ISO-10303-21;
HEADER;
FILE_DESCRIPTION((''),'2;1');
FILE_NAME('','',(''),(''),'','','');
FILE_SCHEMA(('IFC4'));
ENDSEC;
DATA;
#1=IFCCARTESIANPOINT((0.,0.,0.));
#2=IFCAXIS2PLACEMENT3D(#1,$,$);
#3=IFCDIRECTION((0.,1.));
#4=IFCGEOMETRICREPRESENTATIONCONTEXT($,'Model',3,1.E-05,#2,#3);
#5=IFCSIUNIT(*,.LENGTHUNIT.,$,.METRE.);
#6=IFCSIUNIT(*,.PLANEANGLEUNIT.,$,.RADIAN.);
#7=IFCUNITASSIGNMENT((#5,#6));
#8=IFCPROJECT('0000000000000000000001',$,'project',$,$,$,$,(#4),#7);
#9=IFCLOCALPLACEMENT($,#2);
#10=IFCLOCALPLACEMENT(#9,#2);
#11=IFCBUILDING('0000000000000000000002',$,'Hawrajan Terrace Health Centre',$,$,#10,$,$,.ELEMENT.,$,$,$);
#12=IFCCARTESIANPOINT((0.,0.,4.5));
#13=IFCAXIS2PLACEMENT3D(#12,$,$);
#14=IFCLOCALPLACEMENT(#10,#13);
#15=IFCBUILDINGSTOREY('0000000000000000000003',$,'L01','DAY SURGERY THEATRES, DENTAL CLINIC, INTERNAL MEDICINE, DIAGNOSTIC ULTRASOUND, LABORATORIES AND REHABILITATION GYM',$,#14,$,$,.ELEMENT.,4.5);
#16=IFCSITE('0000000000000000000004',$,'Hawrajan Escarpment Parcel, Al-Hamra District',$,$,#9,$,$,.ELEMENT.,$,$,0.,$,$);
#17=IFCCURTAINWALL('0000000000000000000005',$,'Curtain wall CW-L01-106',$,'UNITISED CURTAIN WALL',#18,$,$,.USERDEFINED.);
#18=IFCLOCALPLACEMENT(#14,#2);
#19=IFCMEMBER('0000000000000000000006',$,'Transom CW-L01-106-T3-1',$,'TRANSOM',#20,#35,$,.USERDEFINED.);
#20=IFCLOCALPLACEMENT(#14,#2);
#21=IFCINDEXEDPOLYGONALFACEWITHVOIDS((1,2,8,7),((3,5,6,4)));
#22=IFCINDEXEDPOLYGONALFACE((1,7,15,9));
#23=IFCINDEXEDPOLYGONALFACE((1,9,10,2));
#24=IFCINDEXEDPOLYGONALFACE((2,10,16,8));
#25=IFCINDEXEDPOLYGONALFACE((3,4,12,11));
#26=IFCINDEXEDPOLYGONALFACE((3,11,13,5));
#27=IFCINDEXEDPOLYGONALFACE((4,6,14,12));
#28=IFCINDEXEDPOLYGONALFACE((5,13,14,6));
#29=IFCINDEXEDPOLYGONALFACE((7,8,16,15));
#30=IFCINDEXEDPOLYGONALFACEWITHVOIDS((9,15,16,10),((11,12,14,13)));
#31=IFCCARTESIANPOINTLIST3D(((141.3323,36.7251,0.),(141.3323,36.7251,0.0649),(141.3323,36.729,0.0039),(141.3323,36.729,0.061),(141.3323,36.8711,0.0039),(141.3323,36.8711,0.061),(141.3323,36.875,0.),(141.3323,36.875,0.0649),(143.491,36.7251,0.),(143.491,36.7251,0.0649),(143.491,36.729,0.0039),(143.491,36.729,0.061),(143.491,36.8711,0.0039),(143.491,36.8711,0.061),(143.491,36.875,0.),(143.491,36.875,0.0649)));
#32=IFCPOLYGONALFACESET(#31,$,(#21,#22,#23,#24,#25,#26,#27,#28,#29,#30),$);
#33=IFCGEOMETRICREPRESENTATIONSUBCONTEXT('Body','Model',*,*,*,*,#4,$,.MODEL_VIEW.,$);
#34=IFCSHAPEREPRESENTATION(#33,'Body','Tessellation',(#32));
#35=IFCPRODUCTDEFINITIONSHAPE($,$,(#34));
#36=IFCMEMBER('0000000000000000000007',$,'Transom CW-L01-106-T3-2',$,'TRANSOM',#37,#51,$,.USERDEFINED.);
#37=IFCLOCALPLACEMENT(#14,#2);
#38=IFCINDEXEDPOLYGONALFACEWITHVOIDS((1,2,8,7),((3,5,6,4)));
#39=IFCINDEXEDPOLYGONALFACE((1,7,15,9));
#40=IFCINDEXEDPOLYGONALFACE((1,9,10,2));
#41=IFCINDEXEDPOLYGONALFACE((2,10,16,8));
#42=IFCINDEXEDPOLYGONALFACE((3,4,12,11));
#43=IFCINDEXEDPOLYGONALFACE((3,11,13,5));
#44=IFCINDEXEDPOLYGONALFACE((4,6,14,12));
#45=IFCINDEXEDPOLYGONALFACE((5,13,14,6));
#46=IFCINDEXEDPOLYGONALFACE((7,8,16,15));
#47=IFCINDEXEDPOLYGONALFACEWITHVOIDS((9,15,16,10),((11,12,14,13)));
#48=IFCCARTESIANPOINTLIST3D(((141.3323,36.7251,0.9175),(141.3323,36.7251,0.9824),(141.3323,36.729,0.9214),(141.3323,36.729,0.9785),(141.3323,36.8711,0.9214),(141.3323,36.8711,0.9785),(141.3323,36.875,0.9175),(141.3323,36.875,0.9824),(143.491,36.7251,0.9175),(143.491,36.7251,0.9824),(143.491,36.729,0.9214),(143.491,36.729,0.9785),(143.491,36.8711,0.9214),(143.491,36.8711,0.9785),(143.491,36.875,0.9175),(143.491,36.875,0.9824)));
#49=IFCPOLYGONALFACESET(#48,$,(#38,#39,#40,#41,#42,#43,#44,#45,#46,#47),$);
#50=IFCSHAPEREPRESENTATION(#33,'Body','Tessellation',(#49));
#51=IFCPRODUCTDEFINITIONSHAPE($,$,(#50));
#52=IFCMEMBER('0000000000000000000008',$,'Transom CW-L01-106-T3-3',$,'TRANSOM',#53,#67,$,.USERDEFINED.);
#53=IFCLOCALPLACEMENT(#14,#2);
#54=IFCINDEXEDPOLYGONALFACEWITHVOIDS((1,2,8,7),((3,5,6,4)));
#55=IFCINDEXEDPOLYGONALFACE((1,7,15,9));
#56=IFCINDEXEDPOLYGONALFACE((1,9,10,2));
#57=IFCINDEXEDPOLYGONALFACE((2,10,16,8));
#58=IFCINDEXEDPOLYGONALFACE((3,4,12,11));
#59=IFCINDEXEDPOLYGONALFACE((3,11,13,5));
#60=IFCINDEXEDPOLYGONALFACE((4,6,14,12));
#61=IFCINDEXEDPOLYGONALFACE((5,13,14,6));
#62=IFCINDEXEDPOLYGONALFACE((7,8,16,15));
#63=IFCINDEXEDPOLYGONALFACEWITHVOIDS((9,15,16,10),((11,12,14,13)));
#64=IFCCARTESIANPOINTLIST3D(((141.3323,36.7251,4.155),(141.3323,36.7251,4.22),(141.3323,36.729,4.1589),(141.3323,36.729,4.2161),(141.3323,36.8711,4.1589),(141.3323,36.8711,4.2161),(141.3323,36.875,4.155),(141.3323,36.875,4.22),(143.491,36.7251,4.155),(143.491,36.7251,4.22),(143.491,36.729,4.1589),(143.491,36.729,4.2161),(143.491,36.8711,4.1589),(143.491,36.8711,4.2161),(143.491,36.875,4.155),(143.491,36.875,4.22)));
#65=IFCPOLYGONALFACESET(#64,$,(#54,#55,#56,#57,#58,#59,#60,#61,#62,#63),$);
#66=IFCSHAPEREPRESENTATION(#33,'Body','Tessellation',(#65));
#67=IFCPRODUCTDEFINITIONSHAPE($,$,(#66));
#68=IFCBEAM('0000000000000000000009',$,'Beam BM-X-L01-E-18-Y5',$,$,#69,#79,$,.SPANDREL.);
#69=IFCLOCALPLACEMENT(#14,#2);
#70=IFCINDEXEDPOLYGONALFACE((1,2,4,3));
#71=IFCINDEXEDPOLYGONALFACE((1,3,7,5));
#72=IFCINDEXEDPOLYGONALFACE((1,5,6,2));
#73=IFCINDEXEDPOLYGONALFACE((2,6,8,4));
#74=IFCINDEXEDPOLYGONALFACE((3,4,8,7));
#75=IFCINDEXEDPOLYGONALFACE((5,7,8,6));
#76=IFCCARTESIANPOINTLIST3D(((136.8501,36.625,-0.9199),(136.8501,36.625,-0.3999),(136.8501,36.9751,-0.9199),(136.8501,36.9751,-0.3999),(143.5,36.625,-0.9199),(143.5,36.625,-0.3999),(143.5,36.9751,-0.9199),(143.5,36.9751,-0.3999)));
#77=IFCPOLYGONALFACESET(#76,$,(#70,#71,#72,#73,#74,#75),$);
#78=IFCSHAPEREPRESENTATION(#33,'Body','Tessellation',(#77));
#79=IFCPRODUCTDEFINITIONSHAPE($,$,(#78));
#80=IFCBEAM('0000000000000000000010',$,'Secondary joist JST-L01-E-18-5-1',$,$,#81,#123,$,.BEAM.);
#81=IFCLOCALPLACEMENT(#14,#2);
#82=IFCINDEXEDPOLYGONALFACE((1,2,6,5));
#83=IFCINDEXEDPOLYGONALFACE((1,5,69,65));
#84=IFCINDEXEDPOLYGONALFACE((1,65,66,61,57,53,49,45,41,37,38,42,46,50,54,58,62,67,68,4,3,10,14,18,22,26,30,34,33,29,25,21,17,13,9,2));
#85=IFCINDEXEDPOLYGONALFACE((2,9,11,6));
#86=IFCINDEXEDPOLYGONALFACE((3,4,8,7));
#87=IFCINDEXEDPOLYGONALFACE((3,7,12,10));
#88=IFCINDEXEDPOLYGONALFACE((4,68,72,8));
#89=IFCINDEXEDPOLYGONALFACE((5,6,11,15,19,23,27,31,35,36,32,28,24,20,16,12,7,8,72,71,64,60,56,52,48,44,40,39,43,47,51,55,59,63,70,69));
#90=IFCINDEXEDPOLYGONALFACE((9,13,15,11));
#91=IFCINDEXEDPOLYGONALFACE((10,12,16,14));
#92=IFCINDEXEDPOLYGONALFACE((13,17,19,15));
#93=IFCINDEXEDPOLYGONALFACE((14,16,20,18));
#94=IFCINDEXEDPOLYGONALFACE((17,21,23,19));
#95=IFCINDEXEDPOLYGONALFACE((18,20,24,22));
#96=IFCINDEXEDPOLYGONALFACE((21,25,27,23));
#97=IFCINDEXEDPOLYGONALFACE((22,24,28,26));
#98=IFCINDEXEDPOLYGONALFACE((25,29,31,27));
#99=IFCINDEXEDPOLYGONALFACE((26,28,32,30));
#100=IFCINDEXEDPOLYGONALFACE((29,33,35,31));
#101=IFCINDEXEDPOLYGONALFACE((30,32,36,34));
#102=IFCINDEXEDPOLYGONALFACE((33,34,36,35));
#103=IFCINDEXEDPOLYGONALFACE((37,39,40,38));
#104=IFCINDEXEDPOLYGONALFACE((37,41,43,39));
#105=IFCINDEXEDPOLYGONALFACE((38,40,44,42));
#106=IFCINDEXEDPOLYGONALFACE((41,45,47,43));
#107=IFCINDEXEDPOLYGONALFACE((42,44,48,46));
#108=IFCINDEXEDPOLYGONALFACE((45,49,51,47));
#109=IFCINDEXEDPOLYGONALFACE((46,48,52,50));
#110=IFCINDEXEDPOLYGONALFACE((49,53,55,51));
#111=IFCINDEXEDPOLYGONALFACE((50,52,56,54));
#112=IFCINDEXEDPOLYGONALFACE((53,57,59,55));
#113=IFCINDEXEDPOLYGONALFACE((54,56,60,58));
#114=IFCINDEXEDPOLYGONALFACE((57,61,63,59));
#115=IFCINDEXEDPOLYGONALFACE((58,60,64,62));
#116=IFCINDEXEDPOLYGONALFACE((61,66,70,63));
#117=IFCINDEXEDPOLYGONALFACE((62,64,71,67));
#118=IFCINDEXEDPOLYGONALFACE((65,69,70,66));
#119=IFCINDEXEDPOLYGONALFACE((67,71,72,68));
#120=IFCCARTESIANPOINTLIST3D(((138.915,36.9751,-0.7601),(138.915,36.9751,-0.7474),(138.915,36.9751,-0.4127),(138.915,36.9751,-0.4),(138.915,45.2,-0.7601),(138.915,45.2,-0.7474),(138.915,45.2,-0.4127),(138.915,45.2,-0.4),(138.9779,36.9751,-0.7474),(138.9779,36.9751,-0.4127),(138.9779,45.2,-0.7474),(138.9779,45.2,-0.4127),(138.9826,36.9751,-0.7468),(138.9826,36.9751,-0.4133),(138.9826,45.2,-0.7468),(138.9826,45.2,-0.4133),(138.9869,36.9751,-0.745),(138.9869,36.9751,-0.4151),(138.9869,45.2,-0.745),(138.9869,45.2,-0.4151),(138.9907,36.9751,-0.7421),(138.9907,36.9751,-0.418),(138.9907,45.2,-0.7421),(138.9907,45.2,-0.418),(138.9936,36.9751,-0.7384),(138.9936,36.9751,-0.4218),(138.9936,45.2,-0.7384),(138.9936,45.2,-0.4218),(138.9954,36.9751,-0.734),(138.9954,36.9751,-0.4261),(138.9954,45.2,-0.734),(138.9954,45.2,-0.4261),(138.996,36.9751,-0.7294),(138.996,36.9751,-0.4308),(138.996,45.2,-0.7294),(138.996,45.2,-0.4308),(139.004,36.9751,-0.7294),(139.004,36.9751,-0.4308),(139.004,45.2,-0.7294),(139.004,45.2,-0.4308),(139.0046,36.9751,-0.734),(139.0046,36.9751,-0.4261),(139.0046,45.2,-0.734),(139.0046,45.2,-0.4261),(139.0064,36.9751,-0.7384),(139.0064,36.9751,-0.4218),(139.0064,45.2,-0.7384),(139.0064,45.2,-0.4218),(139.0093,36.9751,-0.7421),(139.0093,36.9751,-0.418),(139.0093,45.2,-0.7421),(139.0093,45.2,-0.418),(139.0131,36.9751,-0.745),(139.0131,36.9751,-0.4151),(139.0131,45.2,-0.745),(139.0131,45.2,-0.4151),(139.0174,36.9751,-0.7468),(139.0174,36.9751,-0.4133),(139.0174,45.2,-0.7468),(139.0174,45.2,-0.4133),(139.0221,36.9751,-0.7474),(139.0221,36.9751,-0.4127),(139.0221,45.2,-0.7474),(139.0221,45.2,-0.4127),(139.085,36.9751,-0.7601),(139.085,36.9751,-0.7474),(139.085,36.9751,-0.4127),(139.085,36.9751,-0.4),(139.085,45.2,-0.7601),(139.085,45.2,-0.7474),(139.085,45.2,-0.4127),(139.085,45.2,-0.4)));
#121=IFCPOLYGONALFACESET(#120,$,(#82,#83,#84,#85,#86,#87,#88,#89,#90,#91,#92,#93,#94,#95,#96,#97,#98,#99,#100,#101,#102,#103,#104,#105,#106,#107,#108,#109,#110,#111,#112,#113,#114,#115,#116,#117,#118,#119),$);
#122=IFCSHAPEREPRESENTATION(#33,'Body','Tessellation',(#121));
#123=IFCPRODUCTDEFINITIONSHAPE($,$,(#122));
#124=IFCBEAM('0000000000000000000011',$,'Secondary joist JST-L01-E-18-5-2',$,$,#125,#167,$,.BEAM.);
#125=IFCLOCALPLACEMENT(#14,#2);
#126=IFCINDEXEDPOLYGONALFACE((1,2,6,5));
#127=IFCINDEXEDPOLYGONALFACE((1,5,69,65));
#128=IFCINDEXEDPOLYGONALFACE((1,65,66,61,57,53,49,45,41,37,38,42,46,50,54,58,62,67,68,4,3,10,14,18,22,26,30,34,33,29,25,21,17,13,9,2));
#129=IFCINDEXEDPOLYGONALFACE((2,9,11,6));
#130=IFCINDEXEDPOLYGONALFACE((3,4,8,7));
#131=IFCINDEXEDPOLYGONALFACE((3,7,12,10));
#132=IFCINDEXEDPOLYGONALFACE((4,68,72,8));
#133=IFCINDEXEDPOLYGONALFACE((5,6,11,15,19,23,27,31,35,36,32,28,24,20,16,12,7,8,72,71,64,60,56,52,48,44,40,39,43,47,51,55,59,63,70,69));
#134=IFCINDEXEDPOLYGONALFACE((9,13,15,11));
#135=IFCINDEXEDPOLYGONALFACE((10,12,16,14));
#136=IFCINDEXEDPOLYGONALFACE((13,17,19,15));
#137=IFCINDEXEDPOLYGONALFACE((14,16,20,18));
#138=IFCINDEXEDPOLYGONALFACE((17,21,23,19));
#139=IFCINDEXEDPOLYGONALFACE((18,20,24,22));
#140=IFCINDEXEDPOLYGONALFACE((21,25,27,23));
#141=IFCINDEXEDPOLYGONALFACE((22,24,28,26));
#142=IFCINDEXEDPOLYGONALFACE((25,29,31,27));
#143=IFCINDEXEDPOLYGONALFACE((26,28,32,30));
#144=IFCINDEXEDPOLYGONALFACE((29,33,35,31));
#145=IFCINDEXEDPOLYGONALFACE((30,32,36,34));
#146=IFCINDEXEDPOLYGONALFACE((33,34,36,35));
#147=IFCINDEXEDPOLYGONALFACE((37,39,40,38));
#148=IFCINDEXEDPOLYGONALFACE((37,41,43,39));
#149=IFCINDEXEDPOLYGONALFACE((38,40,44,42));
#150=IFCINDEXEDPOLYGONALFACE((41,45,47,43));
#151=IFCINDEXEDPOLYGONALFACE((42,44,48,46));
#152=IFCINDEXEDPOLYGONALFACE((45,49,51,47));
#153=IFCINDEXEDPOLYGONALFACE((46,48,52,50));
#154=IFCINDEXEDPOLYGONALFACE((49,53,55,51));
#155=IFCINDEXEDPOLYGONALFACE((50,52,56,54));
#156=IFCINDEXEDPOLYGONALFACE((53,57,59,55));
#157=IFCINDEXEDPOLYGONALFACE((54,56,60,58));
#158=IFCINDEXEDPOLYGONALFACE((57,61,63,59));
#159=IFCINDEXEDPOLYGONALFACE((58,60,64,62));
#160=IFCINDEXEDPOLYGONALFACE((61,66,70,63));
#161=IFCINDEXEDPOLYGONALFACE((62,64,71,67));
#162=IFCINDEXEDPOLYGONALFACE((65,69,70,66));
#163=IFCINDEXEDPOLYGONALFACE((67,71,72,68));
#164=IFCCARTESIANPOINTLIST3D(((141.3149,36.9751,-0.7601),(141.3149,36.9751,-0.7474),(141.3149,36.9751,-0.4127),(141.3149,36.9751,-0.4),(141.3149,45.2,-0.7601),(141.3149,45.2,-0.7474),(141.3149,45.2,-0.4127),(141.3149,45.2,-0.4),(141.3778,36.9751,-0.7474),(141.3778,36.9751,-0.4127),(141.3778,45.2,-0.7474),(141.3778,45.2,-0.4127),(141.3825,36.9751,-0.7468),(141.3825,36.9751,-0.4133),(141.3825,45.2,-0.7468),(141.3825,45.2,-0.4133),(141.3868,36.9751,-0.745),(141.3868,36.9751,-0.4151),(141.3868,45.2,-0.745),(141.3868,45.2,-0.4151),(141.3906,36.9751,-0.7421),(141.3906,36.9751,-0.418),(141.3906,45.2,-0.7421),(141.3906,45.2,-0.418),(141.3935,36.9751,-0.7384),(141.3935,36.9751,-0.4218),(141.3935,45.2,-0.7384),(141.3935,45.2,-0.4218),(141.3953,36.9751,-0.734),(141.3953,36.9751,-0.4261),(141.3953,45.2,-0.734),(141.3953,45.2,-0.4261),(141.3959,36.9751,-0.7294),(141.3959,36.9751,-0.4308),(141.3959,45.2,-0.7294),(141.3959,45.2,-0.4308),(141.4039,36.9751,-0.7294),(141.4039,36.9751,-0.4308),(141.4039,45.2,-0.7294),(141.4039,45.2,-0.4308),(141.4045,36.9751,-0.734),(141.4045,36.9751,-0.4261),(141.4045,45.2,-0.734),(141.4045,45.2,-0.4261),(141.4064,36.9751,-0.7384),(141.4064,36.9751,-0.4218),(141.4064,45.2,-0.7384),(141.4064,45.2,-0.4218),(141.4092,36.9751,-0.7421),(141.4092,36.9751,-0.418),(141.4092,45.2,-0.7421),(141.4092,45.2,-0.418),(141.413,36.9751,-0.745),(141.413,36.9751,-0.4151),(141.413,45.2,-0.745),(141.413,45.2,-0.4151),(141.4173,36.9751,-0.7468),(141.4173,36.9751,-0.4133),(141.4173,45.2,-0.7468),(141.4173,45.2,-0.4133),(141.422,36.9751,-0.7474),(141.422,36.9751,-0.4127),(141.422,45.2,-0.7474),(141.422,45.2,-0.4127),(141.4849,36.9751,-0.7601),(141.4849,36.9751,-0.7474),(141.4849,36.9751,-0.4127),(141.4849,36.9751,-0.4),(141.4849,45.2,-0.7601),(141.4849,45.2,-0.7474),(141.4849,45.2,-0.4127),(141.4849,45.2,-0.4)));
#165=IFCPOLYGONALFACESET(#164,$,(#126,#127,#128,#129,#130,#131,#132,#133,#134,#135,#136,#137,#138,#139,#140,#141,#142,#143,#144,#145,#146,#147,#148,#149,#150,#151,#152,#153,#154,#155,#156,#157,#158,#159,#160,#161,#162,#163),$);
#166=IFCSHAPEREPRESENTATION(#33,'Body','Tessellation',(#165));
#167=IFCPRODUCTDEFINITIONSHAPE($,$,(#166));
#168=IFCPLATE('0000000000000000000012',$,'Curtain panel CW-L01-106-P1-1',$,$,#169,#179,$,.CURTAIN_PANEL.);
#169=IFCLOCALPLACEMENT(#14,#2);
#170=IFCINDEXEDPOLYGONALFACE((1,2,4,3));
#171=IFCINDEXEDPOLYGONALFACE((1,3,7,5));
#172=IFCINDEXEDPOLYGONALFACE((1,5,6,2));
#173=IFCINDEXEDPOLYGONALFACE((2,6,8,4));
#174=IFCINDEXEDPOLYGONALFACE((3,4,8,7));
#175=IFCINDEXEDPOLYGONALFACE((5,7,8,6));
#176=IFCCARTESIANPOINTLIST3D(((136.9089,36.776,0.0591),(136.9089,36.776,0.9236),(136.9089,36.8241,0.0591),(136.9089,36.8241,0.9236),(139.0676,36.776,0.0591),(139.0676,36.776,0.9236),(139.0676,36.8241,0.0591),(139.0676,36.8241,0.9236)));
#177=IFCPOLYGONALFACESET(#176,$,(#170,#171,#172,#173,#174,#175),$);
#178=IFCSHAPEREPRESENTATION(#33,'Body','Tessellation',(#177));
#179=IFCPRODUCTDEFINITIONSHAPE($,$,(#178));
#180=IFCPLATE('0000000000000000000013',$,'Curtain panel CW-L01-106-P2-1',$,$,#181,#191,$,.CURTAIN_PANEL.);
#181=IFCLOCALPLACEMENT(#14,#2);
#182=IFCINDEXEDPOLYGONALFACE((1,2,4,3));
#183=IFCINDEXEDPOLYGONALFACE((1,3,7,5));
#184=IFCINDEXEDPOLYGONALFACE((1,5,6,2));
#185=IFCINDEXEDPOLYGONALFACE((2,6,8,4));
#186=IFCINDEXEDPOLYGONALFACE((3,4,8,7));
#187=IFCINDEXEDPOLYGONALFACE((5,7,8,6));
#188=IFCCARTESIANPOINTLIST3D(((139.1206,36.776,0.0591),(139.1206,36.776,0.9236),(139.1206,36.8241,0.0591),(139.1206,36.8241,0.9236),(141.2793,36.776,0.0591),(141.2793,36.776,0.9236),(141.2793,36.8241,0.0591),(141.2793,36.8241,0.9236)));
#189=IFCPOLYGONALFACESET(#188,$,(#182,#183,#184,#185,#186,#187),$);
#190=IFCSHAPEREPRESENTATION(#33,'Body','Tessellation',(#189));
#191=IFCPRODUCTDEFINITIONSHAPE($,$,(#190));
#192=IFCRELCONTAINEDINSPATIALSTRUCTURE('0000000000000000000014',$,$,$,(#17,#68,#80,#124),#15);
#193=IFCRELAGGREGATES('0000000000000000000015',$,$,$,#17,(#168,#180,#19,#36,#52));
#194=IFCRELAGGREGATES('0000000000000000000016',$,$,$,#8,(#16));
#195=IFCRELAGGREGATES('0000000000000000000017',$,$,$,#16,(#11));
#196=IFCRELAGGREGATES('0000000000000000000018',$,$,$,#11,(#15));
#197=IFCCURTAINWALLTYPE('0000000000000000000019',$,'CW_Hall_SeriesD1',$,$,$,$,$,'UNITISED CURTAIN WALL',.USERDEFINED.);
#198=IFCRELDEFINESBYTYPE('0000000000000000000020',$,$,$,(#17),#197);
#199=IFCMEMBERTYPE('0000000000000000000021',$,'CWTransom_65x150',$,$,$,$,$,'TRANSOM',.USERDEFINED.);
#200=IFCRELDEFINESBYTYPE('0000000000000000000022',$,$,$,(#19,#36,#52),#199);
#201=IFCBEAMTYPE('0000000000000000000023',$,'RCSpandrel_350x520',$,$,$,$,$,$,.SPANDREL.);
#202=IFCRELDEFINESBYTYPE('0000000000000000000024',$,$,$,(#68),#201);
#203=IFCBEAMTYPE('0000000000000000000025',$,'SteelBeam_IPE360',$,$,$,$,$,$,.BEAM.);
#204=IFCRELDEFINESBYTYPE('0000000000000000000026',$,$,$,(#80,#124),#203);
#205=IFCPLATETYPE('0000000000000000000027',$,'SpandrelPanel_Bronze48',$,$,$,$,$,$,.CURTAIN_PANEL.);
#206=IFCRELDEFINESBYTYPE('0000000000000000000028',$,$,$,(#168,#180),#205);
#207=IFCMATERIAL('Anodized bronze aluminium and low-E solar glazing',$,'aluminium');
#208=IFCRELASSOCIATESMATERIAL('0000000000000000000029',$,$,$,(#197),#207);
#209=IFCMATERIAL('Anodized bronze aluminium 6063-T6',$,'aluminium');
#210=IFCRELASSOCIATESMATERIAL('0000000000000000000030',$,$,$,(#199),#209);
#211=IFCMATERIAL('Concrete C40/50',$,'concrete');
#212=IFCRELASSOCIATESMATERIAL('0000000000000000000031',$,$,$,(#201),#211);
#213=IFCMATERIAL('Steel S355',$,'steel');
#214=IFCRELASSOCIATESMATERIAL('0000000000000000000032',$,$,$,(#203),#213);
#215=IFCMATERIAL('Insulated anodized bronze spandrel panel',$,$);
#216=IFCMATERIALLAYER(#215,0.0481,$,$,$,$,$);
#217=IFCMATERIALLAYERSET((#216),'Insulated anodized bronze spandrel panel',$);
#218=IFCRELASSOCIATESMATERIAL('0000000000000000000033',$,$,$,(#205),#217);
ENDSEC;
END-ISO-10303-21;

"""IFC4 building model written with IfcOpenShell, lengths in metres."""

from ifc_helpers import new_model, si_unit, direction, frame, origin, origin_2d, place, context, subcontext, project, spatial, rectangle, hollow_rectangle, i_section, extrude, material, layer, layer_set, material_profile, profile_set, type_object, element, aggregate, save


model = new_model("IFC4")

# Units and contexts
model_context = context("Model", 3, precision=1e-05, world=origin(), true_north=direction((0.0, 1.0)))
body_context = subcontext(model_context, "Body", "Model", "MODEL_VIEW")
ifc_project = project(units=[si_unit("LENGTHUNIT", "METRE"), si_unit("PLANEANGLEUNIT", "RADIAN")], contexts=[model_context])

# Site, building, storey
site_placement = place(None, origin())
site = spatial("IfcSite", under=ifc_project, at=site_placement, Name="Hawrajan Escarpment Parcel, Al-Hamra District", CompositionType="ELEMENT", RefElevation=0.0)
building_placement = place(site_placement, origin())
building = spatial("IfcBuilding", under=site, at=building_placement, Name="Hawrajan Terrace Health Centre", CompositionType="ELEMENT")
storey_placement = place(building_placement, frame((0.0, 0.0, 4.5)))
storey = spatial("IfcBuildingStorey", under=building, at=storey_placement, Name="L01", Description="DAY SURGERY THEATRES, DENTAL CLINIC, INTERNAL MEDICINE, DIAGNOSTIC ULTRASOUND, LABORATORIES AND REHABILITATION GYM", CompositionType="ELEMENT", Elevation=4.5)

# Shared definitions
ifc_material_1 = material(Name="Concrete C40/50", Category="concrete")

# Curtain wall, members
ifc_material_2 = material(Name="Anodized bronze aluminium and low-E solar glazing", Category="aluminium")
curtain_wall_type = type_object("IfcCurtainWallType", Name="CW_Hall_SeriesD1", ElementType="UNITISED CURTAIN WALL", PredefinedType="USERDEFINED", material=ifc_material_2)
curtain_wall_placement = place(storey_placement, origin())
curtain_wall = element("IfcCurtainWall", 1, at=curtain_wall_placement, inside=storey, type_object=curtain_wall_type, Name="Curtain wall CW-L01-106", ObjectType="UNITISED CURTAIN WALL", PredefinedType="USERDEFINED")
ifc_material_3 = material(Name="Anodized bronze aluminium 6063-T6", Category="aluminium")
ifc_material_profile_1 = material_profile(ifc_material_3, hollow_rectangle(XDim=0.0649, YDim=0.1499, WallThickness=0.0039, at=origin_2d()), Name="CW TRN 65x150")
ifc_profile_set_1 = profile_set([ifc_material_profile_1], Name="Anodized bronze aluminium 6063-T6")
member_type_1 = type_object("IfcMemberType", Name="CWTransom_65x150", ElementType="TRANSOM", PredefinedType="USERDEFINED", material=ifc_profile_set_1)
member_1_placement = place(storey_placement, frame((141.3323, 36.8, 0.0325), z_axis=(1.0, 0.0, 0.0), x_axis=(0.0, 0.0, 1.0)))
member_1 = element("IfcMember", 2, at=member_1_placement, type_object=member_type_1, Name="Transom CW-L01-106-T3-1", ObjectType="TRANSOM", PredefinedType="USERDEFINED", context=body_context, shape_type="SweptSolid", body=[
    extrude(hollow_rectangle(XDim=0.0649, YDim=0.1499, WallThickness=0.0039, at=origin_2d()), origin(), (0.0, 0.0, 1.0), 2.1587),
])
member_2_placement = place(storey_placement, frame((141.3323, 36.8, 0.95), z_axis=(1.0, 0.0, 0.0), x_axis=(0.0, 0.0, 1.0)))
member_2 = element("IfcMember", 3, at=member_2_placement, type_object=member_type_1, Name="Transom CW-L01-106-T3-2", ObjectType="TRANSOM", PredefinedType="USERDEFINED", context=body_context, shape_type="SweptSolid", body=[
    extrude(hollow_rectangle(XDim=0.0649, YDim=0.1499, WallThickness=0.0039, at=origin_2d()), origin(), (0.0, 0.0, 1.0), 2.1587),
])
member_3_placement = place(storey_placement, frame((141.3323, 36.8, 4.1875), z_axis=(1.0, 0.0, 0.0), x_axis=(0.0, 0.0, 1.0)))
member_3 = element("IfcMember", 4, at=member_3_placement, type_object=member_type_1, Name="Transom CW-L01-106-T3-3", ObjectType="TRANSOM", PredefinedType="USERDEFINED", context=body_context, shape_type="SweptSolid", body=[
    extrude(hollow_rectangle(XDim=0.0649, YDim=0.1499, WallThickness=0.0039, at=origin_2d()), origin(), (0.0, 0.0, 1.0), 2.1587),
])

# Beams
ifc_material_profile_2 = material_profile(ifc_material_1, rectangle(XDim=0.3501, YDim=0.52, at=origin_2d()), Name="RC SP 350x520")
ifc_profile_set_2 = profile_set([ifc_material_profile_2], Name="Concrete C40/50")
beam_type_1 = type_object("IfcBeamType", Name="RCSpandrel_350x520", PredefinedType="SPANDREL", material=ifc_profile_set_2)
beam_placement = place(storey_placement, frame((136.8501, 36.8, -0.6599), z_axis=(1.0, 0.0, 0.0), x_axis=(0.0, 1.0, 0.0)))
element("IfcBeam", 5, at=beam_placement, inside=storey, type_object=beam_type_1, Name="Beam BM-X-L01-E-18-Y5", PredefinedType="SPANDREL", context=body_context, shape_type="SweptSolid", body=[
    extrude(rectangle(XDim=0.3501, YDim=0.52, at=origin_2d()), origin(), (0.0, 0.0, 1.0), 6.6499),
])
ifc_material_4 = material(Name="Steel S355", Category="steel")
ifc_material_profile_3 = material_profile(ifc_material_4, i_section(OverallWidth=0.1699, OverallDepth=0.3601, WebThickness=0.0081, FlangeThickness=0.0127, FilletRadius=0.0181, at=origin_2d()), Name="IPE 360")
ifc_profile_set_3 = profile_set([ifc_material_profile_3], Name="Steel S355")
beam_type_2 = type_object("IfcBeamType", Name="SteelBeam_IPE360", PredefinedType="BEAM", material=ifc_profile_set_3)
for number, where, z_axis, x_axis, name in (
    (6, (139.0, 36.9751, -0.5801), (0.0, 1.0, 0.0), (-1.0, 0.0, 0.0), "Secondary joist JST-L01-E-18-5-1"),
    (7, (141.3999, 36.9751, -0.5801), (0.0, 1.0, 0.0), (-1.0, 0.0, 0.0), "Secondary joist JST-L01-E-18-5-2"),
):
    element("IfcBeam", number, at=place(storey_placement, frame(where, z_axis=z_axis, x_axis=x_axis)), inside=storey, type_object=beam_type_2, Name=name, PredefinedType="BEAM", context=body_context, shape_type="SweptSolid", body=[
        extrude(i_section(OverallWidth=0.1699, OverallDepth=0.3601, WebThickness=0.0081, FlangeThickness=0.0127, FilletRadius=0.0181, at=origin_2d()), origin(), (0.0, 0.0, 1.0), 8.2249),
    ])

# Plates
ifc_material_5 = material(Name="Insulated anodized bronze spandrel panel")
ifc_layer_1 = layer(ifc_material_5, 0.0481)
ifc_layer_set_1 = layer_set([ifc_layer_1], Name="Insulated anodized bronze spandrel panel")
plate_type_1 = type_object("IfcPlateType", Name="SpandrelPanel_Bronze48", PredefinedType="CURTAIN_PANEL", material=ifc_layer_set_1)
plate_1_placement = place(storey_placement, frame((137.9883, 36.8, 0.0591), z_axis=(0.0, 0.0, 1.0), x_axis=(1.0, 0.0, 0.0)))
plate_1 = element("IfcPlate", 8, at=plate_1_placement, type_object=plate_type_1, Name="Curtain panel CW-L01-106-P1-1", PredefinedType="CURTAIN_PANEL", context=body_context, shape_type="SweptSolid", body=[
    extrude(rectangle(XDim=2.1587, YDim=0.0481, at=origin_2d()), origin(), (0.0, 0.0, 1.0), 0.8645),
])
plate_2_placement = place(storey_placement, frame((140.2, 36.8, 0.0591), z_axis=(0.0, 0.0, 1.0), x_axis=(1.0, 0.0, 0.0)))
plate_2 = element("IfcPlate", 9, at=plate_2_placement, type_object=plate_type_1, Name="Curtain panel CW-L01-106-P2-1", PredefinedType="CURTAIN_PANEL", context=body_context, shape_type="SweptSolid", body=[
    extrude(rectangle(XDim=2.1587, YDim=0.0481, at=origin_2d()), origin(), (0.0, 0.0, 1.0), 0.8645),
])
aggregate(curtain_wall, [plate_1, plate_2, member_1, member_2, member_3])

save(model, "model.ifc")
